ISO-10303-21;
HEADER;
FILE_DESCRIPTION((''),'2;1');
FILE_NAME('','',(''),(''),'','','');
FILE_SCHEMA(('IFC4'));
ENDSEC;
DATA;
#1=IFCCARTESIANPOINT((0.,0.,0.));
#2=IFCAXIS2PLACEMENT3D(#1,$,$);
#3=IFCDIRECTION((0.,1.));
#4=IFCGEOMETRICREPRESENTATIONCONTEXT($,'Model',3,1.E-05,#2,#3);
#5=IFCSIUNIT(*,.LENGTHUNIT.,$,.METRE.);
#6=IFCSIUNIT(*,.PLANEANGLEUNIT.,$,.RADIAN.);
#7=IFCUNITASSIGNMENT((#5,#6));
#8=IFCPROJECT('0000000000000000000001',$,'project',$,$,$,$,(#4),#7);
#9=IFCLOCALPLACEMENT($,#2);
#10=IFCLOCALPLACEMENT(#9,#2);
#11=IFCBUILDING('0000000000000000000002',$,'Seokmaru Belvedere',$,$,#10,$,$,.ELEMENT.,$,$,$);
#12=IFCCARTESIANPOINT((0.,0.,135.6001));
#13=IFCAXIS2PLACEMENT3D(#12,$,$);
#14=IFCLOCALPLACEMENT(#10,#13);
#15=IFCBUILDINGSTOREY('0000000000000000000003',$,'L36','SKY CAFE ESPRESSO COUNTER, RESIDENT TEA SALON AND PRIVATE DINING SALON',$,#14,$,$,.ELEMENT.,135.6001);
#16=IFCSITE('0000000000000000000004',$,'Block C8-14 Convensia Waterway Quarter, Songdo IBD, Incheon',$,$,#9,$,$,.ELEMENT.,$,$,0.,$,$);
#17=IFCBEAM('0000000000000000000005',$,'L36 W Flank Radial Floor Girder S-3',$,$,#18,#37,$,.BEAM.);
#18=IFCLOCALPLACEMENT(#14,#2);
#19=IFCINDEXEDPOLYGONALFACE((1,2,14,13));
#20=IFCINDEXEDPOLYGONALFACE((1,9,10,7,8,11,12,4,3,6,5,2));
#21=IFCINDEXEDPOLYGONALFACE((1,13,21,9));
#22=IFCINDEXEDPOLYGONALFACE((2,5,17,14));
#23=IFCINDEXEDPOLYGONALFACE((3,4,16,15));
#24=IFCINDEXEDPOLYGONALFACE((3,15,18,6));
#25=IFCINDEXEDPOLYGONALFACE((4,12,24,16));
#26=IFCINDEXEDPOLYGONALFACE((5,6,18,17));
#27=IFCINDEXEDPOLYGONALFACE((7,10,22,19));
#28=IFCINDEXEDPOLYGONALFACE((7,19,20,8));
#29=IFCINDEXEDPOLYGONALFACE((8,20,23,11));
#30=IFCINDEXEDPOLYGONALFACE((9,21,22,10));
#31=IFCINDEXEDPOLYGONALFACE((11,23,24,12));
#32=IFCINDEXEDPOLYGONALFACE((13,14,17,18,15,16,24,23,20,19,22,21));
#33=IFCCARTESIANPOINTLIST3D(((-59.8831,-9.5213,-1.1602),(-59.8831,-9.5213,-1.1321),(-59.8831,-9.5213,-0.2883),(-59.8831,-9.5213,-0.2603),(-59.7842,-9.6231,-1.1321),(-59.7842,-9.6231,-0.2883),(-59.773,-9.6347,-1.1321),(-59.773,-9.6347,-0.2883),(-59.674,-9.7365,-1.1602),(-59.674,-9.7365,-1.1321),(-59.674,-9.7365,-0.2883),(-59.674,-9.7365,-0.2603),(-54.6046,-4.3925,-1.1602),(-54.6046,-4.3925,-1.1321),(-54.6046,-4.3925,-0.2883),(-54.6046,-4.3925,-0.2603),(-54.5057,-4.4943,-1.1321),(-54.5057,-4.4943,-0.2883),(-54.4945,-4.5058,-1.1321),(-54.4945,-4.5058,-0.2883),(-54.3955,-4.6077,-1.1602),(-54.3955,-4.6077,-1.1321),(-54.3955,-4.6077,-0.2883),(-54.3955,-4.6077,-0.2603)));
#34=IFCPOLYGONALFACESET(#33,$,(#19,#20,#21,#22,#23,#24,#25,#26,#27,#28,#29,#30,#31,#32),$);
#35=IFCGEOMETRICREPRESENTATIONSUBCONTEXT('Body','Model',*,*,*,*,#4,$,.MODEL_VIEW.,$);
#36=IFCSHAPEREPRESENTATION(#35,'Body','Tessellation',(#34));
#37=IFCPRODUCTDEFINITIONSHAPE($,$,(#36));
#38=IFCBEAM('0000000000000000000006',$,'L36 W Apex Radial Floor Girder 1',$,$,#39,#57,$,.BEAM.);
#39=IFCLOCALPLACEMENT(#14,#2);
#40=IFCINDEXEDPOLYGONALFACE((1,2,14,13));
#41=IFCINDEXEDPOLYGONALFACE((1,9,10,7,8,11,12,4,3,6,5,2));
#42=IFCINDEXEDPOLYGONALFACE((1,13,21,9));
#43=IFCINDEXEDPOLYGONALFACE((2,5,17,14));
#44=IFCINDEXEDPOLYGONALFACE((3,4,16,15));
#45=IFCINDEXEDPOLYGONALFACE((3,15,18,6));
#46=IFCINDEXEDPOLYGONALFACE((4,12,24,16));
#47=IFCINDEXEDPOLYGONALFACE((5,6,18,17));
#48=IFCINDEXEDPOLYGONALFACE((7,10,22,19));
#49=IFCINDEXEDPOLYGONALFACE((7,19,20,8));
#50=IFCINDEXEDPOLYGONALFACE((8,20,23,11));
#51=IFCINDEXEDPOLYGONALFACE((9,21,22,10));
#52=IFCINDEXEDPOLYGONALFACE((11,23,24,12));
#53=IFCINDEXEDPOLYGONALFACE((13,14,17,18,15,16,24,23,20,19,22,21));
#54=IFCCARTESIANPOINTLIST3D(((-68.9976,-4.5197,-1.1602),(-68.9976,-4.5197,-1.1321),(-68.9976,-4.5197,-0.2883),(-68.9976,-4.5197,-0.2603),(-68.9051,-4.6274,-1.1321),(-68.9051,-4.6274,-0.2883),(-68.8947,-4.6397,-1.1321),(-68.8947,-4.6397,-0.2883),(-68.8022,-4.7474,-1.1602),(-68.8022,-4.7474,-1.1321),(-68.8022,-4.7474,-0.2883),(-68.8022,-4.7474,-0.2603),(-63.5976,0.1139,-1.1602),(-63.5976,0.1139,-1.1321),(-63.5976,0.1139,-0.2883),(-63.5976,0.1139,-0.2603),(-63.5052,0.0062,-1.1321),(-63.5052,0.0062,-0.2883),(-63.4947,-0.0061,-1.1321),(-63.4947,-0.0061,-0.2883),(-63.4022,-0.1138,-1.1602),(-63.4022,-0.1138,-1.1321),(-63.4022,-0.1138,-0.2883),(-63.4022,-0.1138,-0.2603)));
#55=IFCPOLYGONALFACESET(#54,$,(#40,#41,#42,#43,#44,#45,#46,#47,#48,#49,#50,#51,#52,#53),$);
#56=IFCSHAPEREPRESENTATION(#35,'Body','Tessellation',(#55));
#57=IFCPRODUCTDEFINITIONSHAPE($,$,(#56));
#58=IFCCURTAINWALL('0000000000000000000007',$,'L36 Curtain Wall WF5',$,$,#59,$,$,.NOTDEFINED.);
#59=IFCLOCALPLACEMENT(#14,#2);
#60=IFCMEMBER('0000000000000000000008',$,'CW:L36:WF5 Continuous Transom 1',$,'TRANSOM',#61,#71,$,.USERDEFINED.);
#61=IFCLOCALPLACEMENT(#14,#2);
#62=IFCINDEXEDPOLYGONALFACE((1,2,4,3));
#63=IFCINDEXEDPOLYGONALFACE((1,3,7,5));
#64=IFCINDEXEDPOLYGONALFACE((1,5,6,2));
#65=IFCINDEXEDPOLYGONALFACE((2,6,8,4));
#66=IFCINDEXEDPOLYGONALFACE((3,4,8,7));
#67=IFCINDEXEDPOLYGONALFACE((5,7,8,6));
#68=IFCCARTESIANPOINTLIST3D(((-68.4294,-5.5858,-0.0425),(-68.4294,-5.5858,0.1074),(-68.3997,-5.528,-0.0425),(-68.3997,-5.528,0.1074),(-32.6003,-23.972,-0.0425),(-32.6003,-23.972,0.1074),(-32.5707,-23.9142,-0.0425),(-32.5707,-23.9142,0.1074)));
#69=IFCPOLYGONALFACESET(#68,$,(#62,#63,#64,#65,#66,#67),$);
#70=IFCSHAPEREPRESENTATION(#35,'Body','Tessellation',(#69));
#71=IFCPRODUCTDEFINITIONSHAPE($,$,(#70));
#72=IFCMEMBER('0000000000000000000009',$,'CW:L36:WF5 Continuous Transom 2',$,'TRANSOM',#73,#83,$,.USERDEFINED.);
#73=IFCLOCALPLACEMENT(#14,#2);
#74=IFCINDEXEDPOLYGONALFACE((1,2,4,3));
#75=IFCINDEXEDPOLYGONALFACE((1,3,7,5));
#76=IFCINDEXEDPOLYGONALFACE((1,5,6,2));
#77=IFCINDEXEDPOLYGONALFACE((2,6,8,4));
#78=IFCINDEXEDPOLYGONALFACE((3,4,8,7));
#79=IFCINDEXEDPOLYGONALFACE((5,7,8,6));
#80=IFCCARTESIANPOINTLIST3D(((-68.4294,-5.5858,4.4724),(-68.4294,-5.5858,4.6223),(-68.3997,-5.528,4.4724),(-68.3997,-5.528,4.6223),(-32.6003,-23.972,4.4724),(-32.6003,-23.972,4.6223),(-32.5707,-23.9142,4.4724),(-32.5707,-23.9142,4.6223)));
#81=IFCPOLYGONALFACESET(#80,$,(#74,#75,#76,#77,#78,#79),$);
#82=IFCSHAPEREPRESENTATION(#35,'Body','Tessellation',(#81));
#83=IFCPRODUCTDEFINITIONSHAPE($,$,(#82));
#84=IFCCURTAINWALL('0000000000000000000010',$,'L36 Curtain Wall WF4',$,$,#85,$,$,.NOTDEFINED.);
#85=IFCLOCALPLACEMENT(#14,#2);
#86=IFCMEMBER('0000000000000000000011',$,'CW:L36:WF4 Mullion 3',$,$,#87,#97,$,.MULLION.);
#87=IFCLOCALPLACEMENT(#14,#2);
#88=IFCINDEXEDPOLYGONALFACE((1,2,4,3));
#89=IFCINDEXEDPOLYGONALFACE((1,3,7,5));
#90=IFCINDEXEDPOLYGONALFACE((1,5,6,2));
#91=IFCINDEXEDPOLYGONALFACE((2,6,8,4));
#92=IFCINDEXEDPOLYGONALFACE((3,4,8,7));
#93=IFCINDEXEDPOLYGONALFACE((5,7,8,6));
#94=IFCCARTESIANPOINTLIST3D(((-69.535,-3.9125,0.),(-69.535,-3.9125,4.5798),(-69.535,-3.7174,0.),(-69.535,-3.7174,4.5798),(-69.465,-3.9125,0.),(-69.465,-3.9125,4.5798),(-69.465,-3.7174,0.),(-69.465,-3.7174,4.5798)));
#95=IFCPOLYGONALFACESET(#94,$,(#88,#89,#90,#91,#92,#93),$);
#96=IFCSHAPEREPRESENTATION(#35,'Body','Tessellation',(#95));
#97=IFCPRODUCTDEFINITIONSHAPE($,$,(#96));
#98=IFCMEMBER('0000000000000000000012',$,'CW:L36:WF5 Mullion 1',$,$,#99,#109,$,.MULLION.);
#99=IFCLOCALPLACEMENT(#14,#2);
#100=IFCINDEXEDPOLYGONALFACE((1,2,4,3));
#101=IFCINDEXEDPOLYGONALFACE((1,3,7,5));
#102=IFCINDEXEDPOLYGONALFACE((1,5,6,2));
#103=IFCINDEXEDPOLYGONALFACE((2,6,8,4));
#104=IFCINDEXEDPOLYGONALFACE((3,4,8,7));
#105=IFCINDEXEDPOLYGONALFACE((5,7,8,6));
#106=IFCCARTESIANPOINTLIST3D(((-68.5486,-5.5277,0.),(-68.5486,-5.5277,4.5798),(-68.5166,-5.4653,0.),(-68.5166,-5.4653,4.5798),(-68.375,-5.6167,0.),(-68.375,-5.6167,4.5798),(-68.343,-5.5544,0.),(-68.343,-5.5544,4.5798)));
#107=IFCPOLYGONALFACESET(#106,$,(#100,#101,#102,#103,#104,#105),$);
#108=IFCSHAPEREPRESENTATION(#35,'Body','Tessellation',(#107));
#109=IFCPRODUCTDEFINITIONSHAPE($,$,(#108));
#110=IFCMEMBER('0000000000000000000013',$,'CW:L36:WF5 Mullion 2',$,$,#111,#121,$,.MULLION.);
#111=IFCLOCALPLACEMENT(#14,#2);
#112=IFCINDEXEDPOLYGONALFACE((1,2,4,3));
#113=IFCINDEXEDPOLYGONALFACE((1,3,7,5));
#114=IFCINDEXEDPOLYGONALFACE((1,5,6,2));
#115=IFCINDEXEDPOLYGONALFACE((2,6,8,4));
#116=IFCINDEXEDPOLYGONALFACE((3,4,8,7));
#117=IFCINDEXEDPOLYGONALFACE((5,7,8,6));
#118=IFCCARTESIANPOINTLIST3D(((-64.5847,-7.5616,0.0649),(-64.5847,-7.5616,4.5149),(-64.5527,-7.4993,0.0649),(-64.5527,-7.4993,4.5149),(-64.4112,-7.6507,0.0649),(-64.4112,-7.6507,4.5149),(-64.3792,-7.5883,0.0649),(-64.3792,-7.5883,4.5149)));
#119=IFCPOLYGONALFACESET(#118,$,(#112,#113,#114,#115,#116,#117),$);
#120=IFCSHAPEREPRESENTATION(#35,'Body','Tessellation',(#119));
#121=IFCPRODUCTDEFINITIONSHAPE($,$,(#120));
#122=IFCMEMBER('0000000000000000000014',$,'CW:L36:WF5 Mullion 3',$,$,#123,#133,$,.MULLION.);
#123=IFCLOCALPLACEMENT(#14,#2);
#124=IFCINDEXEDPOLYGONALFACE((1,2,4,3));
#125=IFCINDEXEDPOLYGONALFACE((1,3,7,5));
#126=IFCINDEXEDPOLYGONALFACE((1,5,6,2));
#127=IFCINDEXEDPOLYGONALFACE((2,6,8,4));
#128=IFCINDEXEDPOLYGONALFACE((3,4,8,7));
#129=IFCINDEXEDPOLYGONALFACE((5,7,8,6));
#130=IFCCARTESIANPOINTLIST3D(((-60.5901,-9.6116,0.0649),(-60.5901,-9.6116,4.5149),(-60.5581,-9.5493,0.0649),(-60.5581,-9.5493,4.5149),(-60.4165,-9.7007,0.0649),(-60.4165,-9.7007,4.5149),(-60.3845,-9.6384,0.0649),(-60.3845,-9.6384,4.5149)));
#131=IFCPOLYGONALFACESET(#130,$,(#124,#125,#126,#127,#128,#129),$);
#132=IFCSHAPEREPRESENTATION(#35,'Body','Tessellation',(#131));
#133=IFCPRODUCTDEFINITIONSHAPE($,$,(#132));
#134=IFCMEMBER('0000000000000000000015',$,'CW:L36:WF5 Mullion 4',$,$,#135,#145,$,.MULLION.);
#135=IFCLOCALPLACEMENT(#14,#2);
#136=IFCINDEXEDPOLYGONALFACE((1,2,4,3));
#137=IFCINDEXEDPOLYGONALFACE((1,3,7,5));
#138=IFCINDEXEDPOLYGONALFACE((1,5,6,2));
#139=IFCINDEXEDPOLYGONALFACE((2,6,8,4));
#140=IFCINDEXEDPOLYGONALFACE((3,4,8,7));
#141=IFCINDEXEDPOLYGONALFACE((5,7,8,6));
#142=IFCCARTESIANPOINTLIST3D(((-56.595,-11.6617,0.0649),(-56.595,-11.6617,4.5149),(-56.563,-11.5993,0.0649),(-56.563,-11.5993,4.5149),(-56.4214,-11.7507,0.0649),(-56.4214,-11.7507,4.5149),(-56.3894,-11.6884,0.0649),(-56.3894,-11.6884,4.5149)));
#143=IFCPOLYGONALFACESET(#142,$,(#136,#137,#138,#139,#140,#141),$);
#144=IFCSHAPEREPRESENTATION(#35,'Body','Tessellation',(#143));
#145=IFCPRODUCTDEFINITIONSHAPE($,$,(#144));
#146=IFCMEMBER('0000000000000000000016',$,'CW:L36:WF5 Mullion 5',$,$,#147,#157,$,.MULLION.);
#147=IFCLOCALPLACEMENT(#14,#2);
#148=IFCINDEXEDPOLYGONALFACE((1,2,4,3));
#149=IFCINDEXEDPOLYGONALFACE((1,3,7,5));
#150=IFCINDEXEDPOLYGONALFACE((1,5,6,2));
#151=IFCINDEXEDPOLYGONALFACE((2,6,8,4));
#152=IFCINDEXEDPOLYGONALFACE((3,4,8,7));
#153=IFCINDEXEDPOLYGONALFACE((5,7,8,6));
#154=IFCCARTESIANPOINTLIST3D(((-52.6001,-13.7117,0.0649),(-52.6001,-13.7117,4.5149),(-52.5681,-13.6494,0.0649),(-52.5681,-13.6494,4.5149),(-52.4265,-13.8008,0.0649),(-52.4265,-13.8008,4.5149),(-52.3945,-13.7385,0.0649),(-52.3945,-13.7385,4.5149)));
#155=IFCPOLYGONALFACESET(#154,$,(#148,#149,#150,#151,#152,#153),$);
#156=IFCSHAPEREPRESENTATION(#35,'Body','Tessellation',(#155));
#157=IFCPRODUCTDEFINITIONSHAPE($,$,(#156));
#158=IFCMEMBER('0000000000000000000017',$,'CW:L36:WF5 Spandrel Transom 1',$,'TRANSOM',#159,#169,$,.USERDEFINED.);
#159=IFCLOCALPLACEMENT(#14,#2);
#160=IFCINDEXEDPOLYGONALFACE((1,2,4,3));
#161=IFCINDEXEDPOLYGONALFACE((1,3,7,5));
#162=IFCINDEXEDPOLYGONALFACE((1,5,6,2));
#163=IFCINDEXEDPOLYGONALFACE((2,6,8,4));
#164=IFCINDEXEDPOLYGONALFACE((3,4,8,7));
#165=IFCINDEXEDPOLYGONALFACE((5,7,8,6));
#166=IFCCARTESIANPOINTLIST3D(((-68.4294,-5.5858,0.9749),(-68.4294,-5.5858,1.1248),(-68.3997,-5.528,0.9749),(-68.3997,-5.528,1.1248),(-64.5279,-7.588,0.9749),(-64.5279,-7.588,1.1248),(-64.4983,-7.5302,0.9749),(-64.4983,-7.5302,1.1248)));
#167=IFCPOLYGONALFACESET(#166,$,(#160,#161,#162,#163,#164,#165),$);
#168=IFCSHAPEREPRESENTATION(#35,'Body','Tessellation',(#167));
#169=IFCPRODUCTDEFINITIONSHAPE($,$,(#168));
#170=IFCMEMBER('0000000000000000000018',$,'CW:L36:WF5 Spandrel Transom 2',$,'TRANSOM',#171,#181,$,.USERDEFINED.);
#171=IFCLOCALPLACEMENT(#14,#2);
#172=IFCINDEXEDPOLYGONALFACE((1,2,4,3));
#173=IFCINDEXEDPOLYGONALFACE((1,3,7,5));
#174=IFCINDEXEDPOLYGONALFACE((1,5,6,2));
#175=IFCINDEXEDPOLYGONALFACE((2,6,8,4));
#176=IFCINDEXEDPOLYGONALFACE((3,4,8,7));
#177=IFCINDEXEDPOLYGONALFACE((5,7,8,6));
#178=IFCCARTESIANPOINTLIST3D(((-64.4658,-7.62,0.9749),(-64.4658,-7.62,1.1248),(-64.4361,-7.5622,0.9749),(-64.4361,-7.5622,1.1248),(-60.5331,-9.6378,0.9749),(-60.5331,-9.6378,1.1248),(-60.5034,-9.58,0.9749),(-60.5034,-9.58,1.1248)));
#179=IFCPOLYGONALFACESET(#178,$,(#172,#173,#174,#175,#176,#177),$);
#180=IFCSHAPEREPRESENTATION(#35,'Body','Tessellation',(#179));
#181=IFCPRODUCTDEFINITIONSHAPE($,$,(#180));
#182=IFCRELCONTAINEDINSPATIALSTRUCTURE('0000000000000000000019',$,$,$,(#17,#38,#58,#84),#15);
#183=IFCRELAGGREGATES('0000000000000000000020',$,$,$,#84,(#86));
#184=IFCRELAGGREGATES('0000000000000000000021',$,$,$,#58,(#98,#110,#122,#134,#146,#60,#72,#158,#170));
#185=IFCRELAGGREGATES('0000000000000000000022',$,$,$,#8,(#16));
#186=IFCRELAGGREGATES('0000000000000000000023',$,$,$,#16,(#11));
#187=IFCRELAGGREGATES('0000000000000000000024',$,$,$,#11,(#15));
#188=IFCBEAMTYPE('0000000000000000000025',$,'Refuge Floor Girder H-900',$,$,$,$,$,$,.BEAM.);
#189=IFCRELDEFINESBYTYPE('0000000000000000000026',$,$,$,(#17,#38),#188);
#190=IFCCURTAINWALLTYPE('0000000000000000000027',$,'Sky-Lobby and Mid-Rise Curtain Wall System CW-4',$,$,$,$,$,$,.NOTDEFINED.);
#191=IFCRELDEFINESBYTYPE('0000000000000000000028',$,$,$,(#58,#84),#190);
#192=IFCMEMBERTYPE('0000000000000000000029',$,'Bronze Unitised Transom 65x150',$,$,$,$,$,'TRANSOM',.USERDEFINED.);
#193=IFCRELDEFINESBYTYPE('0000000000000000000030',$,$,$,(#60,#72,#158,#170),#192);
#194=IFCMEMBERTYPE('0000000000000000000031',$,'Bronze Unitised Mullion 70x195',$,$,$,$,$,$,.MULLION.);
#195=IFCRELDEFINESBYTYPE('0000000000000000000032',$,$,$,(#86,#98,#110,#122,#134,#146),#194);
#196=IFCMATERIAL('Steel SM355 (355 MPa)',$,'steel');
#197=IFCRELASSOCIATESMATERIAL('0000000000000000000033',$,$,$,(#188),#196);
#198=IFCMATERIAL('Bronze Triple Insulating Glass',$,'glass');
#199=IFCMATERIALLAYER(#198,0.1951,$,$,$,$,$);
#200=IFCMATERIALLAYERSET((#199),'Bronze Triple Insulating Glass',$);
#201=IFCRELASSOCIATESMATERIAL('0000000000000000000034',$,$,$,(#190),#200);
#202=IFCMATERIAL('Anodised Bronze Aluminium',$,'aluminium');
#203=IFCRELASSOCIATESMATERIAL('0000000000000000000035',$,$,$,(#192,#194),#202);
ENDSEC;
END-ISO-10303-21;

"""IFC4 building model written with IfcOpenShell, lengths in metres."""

from ifc_helpers import new_model, si_unit, direction, frame, origin, origin_2d, place, context, subcontext, project, spatial, rectangle, i_section, extrude, source, transform, mapped, material, layer, layer_set, material_profile, profile_set, type_object, type_shapes, element, aggregate, save


model = new_model("IFC4")

# Units and contexts
model_context = context("Model", 3, precision=1e-05, world=origin(), true_north=direction((0.0, 1.0)))
body_context = subcontext(model_context, "Body", "Model", "MODEL_VIEW")
ifc_project = project(units=[si_unit("LENGTHUNIT", "METRE"), si_unit("PLANEANGLEUNIT", "RADIAN")], contexts=[model_context])

# Site, building, storey
site_placement = place(None, origin())
site = spatial("IfcSite", under=ifc_project, at=site_placement, Name="Block C8-14 Convensia Waterway Quarter, Songdo IBD, Incheon", CompositionType="ELEMENT", RefElevation=0.0)
building_placement = place(site_placement, origin())
building = spatial("IfcBuilding", under=site, at=building_placement, Name="Seokmaru Belvedere", CompositionType="ELEMENT")
storey_placement = place(building_placement, frame((0.0, 0.0, 135.6001)))
storey = spatial("IfcBuildingStorey", under=building, at=storey_placement, Name="L36", Description="SKY CAFE ESPRESSO COUNTER, RESIDENT TEA SALON AND PRIVATE DINING SALON", CompositionType="ELEMENT", Elevation=135.6001)

# Shared definitions
ifc_material_1 = material(Name="Steel SM355 (355 MPa)", Category="steel")

# Beams
ifc_material_profile_1 = material_profile(ifc_material_1, i_section(OverallWidth=0.3, OverallDepth=0.8999, WebThickness=0.0161, FlangeThickness=0.0281, at=origin_2d()), Name="H-900x300x16x28")
ifc_profile_set_1 = profile_set([ifc_material_profile_1], Name="Steel SM355 (355 MPa)")
beam_type_1 = type_object("IfcBeamType", Name="Refuge Floor Girder H-900", PredefinedType="BEAM", material=ifc_profile_set_1)
shared_shape_1 = source(origin(), body_context, "Body", "SweptSolid", [
    extrude(i_section(OverallWidth=0.3, OverallDepth=0.8999, WebThickness=0.0161, FlangeThickness=0.0281, at=origin_2d()), origin(), (0.0, 0.0, 1.0), 7.3599),
])
beam_1_placement = place(storey_placement, frame((-59.7786, -9.6289, -0.7102), z_axis=(0.717201, 0.696867, 0.0), x_axis=(-0.696867, 0.717201, 0.0)))
element("IfcBeam", 1, at=beam_1_placement, inside=storey, type_object=beam_type_1, Name="L36 W Flank Radial Floor Girder S-3", PredefinedType="BEAM", context=body_context, shape_type="MappedRepresentation", body=[
    mapped(shared_shape_1, transform((0.0, 0.0, 0.0), scale=1.0)),
])
shared_shape_2 = source(origin(), body_context, "Body", "SweptSolid", [
    extrude(i_section(OverallWidth=0.3, OverallDepth=0.8999, WebThickness=0.0161, FlangeThickness=0.0281, at=origin_2d()), origin(), (0.0, 0.0, 1.0), 7.1155),
])
beam_2_placement = place(storey_placement, frame((-68.8999, -4.6335, -0.7102), z_axis=(0.758905, 0.651201, 0.0), x_axis=(-0.651201, 0.758905, 0.0)))
element("IfcBeam", 2, at=beam_2_placement, inside=storey, type_object=beam_type_1, Name="L36 W Apex Radial Floor Girder 1", PredefinedType="BEAM", context=body_context, shape_type="MappedRepresentation", body=[
    mapped(shared_shape_2, transform((0.0, 0.0, 0.0), scale=1.0)),
])

# Curtain wall, members
ifc_material_2 = material(Name="Bronze Triple Insulating Glass", Category="glass")
ifc_layer_1 = layer(ifc_material_2, 0.1951)
ifc_layer_set_1 = layer_set([ifc_layer_1], Name="Bronze Triple Insulating Glass")
curtain_wall_type = type_object("IfcCurtainWallType", Name="Sky-Lobby and Mid-Rise Curtain Wall System CW-4", PredefinedType="NOTDEFINED", material=ifc_layer_set_1)
curtain_wall_1_placement = place(storey_placement, origin())
curtain_wall_1 = element("IfcCurtainWall", 3, at=curtain_wall_1_placement, inside=storey, type_object=curtain_wall_type, Name="L36 Curtain Wall WF5", PredefinedType="NOTDEFINED")
ifc_material_3 = material(Name="Anodised Bronze Aluminium", Category="aluminium")
ifc_material_profile_2 = material_profile(ifc_material_3, rectangle(XDim=0.0649, YDim=0.1499, at=origin_2d()), Name="CW-T-65x150")
ifc_profile_set_2 = profile_set([ifc_material_profile_2], Name="Anodised Bronze Aluminium")
member_type_1 = type_object("IfcMemberType", Name="Bronze Unitised Transom 65x150", ElementType="TRANSOM", PredefinedType="USERDEFINED", material=ifc_profile_set_2)
shared_shape_3 = source(origin(), body_context, "Body", "SweptSolid", [
    extrude(rectangle(XDim=0.0649, YDim=0.1499, at=origin_2d()), origin(), (0.0, 0.0, 1.0), 40.2712),
])
member_1_placement = place(storey_placement, frame((-68.4146, -5.5569, 0.0325), z_axis=(0.889693, -0.456559, 0.0), x_axis=(0.456559, 0.889693, 0.0)))
member_1 = element("IfcMember", 4, at=member_1_placement, type_object=member_type_1, Name="CW:L36:WF5 Continuous Transom 1", ObjectType="TRANSOM", PredefinedType="USERDEFINED", context=body_context, shape_type="MappedRepresentation", body=[
    mapped(shared_shape_3, transform((0.0, 0.0, 0.0), scale=1.0)),
])
member_2_placement = place(storey_placement, frame((-68.4146, -5.5569, 4.5474), z_axis=(0.889693, -0.456559, 0.0), x_axis=(0.456559, 0.889693, 0.0)))
member_2 = element("IfcMember", 5, at=member_2_placement, type_object=member_type_1, Name="CW:L36:WF5 Continuous Transom 2", ObjectType="TRANSOM", PredefinedType="USERDEFINED", context=body_context, shape_type="MappedRepresentation", body=[
    mapped(shared_shape_3, transform((0.0, 0.0, 0.0), scale=1.0)),
])

# Curtain wall, member
curtain_wall_2_placement = place(storey_placement, origin())
curtain_wall_2 = element("IfcCurtainWall", 6, at=curtain_wall_2_placement, inside=storey, type_object=curtain_wall_type, Name="L36 Curtain Wall WF4", PredefinedType="NOTDEFINED")
ifc_material_profile_3 = material_profile(ifc_material_3, rectangle(XDim=0.0701, YDim=0.1951, at=origin_2d()), Name="CW-M-70x195")
ifc_profile_set_3 = profile_set([ifc_material_profile_3], Name="Anodised Bronze Aluminium")
member_type_2 = type_object("IfcMemberType", Name="Bronze Unitised Mullion 70x195", PredefinedType="MULLION", material=ifc_profile_set_3)
shared_shape_4 = source(origin(), body_context, "Body", "SweptSolid", [
    extrude(rectangle(XDim=0.0701, YDim=0.1951, at=origin_2d()), origin(), (0.0, 0.0, 1.0), 4.5798),
])
member_3_placement = place(storey_placement, frame((-69.5, -3.8149, 0.0), z_axis=(0.0, 0.0, 1.0), x_axis=(1.0, 0.0, 0.0)))
member_3 = element("IfcMember", 7, at=member_3_placement, type_object=member_type_2, Name="CW:L36:WF4 Mullion 3", PredefinedType="MULLION", context=body_context, shape_type="MappedRepresentation", body=[
    mapped(shared_shape_4, transform((0.0, 0.0, 0.0), scale=1.0)),
])
aggregate(curtain_wall_2, [member_3])

# Members
member_4_placement = place(storey_placement, frame((-68.4458, -5.541, 0.0), z_axis=(0.0, 0.0, 1.0), x_axis=(0.456555, 0.889695, 0.0)))
member_4 = element("IfcMember", 8, at=member_4_placement, type_object=member_type_2, Name="CW:L36:WF5 Mullion 1", PredefinedType="MULLION", context=body_context, shape_type="MappedRepresentation", body=[
    mapped(shared_shape_4, transform((0.0, 0.0, 0.0), scale=1.0)),
])
shared_shape_5 = source(origin(), body_context, "Body", "SweptSolid", [
    extrude(rectangle(XDim=0.0701, YDim=0.1951, at=origin_2d()), origin(), (0.0, 0.0, 1.0), 4.45),
])
type_shapes(member_type_2, [shared_shape_4, shared_shape_5])
member_5_placement = place(storey_placement, frame((-64.4819, -7.575, 0.0649), z_axis=(0.0, 0.0, 1.0), x_axis=(0.456555, 0.889695, 0.0)))
member_5 = element("IfcMember", 9, at=member_5_placement, type_object=member_type_2, Name="CW:L36:WF5 Mullion 2", PredefinedType="MULLION", context=body_context, shape_type="MappedRepresentation", body=[
    mapped(shared_shape_5, transform((0.0, 0.0, 0.0), scale=1.0)),
])
member_6_placement = place(storey_placement, frame((-60.4873, -9.625, 0.0649), z_axis=(0.0, 0.0, 1.0), x_axis=(0.456555, 0.889695, 0.0)))
member_6 = element("IfcMember", 10, at=member_6_placement, type_object=member_type_2, Name="CW:L36:WF5 Mullion 3", PredefinedType="MULLION", context=body_context, shape_type="MappedRepresentation", body=[
    mapped(shared_shape_5, transform((0.0, 0.0, 0.0), scale=1.0)),
])
member_7_placement = place(storey_placement, frame((-56.4922, -11.675, 0.0649), z_axis=(0.0, 0.0, 1.0), x_axis=(0.456555, 0.889695, 0.0)))
member_7 = element("IfcMember", 11, at=member_7_placement, type_object=member_type_2, Name="CW:L36:WF5 Mullion 4", PredefinedType="MULLION", context=body_context, shape_type="MappedRepresentation", body=[
    mapped(shared_shape_5, transform((0.0, 0.0, 0.0), scale=1.0)),
])
member_8_placement = place(storey_placement, frame((-52.4973, -13.7251, 0.0649), z_axis=(0.0, 0.0, 1.0), x_axis=(0.456555, 0.889695, 0.0)))
member_8 = element("IfcMember", 12, at=member_8_placement, type_object=member_type_2, Name="CW:L36:WF5 Mullion 5", PredefinedType="MULLION", context=body_context, shape_type="MappedRepresentation", body=[
    mapped(shared_shape_5, transform((0.0, 0.0, 0.0), scale=1.0)),
])
shared_shape_6 = source(origin(), body_context, "Body", "SweptSolid", [
    extrude(rectangle(XDim=0.0649, YDim=0.1499, at=origin_2d()), origin(), (0.0, 0.0, 1.0), 4.3853),
])
member_9_placement = place(storey_placement, frame((-68.4146, -5.5569, 1.0498), z_axis=(0.889679, -0.456587, 0.0), x_axis=(0.456587, 0.889679, 0.0)))
member_9 = element("IfcMember", 13, at=member_9_placement, type_object=member_type_1, Name="CW:L36:WF5 Spandrel Transom 1", ObjectType="TRANSOM", PredefinedType="USERDEFINED", context=body_context, shape_type="MappedRepresentation", body=[
    mapped(shared_shape_6, transform((0.0, 0.0, 0.0), scale=1.0)),
])
shared_shape_7 = source(origin(), body_context, "Body", "SweptSolid", [
    extrude(rectangle(XDim=0.0649, YDim=0.1499, at=origin_2d()), origin(), (0.0, 0.0, 1.0), 4.4202),
])
type_shapes(member_type_1, [shared_shape_3, shared_shape_6, shared_shape_7])
member_10_placement = place(storey_placement, frame((-64.4509, -7.5911, 1.0498), z_axis=(0.889717, -0.456513, 0.0), x_axis=(0.456513, 0.889717, 0.0)))
member_10 = element("IfcMember", 14, at=member_10_placement, type_object=member_type_1, Name="CW:L36:WF5 Spandrel Transom 2", ObjectType="TRANSOM", PredefinedType="USERDEFINED", context=body_context, shape_type="MappedRepresentation", body=[
    mapped(shared_shape_7, transform((0.0, 0.0, 0.0), scale=1.0)),
])

aggregate(curtain_wall_1, [member_4, member_5, member_6, member_7, member_8, member_1, member_2, member_9, member_10])

save(model, "model.ifc")
